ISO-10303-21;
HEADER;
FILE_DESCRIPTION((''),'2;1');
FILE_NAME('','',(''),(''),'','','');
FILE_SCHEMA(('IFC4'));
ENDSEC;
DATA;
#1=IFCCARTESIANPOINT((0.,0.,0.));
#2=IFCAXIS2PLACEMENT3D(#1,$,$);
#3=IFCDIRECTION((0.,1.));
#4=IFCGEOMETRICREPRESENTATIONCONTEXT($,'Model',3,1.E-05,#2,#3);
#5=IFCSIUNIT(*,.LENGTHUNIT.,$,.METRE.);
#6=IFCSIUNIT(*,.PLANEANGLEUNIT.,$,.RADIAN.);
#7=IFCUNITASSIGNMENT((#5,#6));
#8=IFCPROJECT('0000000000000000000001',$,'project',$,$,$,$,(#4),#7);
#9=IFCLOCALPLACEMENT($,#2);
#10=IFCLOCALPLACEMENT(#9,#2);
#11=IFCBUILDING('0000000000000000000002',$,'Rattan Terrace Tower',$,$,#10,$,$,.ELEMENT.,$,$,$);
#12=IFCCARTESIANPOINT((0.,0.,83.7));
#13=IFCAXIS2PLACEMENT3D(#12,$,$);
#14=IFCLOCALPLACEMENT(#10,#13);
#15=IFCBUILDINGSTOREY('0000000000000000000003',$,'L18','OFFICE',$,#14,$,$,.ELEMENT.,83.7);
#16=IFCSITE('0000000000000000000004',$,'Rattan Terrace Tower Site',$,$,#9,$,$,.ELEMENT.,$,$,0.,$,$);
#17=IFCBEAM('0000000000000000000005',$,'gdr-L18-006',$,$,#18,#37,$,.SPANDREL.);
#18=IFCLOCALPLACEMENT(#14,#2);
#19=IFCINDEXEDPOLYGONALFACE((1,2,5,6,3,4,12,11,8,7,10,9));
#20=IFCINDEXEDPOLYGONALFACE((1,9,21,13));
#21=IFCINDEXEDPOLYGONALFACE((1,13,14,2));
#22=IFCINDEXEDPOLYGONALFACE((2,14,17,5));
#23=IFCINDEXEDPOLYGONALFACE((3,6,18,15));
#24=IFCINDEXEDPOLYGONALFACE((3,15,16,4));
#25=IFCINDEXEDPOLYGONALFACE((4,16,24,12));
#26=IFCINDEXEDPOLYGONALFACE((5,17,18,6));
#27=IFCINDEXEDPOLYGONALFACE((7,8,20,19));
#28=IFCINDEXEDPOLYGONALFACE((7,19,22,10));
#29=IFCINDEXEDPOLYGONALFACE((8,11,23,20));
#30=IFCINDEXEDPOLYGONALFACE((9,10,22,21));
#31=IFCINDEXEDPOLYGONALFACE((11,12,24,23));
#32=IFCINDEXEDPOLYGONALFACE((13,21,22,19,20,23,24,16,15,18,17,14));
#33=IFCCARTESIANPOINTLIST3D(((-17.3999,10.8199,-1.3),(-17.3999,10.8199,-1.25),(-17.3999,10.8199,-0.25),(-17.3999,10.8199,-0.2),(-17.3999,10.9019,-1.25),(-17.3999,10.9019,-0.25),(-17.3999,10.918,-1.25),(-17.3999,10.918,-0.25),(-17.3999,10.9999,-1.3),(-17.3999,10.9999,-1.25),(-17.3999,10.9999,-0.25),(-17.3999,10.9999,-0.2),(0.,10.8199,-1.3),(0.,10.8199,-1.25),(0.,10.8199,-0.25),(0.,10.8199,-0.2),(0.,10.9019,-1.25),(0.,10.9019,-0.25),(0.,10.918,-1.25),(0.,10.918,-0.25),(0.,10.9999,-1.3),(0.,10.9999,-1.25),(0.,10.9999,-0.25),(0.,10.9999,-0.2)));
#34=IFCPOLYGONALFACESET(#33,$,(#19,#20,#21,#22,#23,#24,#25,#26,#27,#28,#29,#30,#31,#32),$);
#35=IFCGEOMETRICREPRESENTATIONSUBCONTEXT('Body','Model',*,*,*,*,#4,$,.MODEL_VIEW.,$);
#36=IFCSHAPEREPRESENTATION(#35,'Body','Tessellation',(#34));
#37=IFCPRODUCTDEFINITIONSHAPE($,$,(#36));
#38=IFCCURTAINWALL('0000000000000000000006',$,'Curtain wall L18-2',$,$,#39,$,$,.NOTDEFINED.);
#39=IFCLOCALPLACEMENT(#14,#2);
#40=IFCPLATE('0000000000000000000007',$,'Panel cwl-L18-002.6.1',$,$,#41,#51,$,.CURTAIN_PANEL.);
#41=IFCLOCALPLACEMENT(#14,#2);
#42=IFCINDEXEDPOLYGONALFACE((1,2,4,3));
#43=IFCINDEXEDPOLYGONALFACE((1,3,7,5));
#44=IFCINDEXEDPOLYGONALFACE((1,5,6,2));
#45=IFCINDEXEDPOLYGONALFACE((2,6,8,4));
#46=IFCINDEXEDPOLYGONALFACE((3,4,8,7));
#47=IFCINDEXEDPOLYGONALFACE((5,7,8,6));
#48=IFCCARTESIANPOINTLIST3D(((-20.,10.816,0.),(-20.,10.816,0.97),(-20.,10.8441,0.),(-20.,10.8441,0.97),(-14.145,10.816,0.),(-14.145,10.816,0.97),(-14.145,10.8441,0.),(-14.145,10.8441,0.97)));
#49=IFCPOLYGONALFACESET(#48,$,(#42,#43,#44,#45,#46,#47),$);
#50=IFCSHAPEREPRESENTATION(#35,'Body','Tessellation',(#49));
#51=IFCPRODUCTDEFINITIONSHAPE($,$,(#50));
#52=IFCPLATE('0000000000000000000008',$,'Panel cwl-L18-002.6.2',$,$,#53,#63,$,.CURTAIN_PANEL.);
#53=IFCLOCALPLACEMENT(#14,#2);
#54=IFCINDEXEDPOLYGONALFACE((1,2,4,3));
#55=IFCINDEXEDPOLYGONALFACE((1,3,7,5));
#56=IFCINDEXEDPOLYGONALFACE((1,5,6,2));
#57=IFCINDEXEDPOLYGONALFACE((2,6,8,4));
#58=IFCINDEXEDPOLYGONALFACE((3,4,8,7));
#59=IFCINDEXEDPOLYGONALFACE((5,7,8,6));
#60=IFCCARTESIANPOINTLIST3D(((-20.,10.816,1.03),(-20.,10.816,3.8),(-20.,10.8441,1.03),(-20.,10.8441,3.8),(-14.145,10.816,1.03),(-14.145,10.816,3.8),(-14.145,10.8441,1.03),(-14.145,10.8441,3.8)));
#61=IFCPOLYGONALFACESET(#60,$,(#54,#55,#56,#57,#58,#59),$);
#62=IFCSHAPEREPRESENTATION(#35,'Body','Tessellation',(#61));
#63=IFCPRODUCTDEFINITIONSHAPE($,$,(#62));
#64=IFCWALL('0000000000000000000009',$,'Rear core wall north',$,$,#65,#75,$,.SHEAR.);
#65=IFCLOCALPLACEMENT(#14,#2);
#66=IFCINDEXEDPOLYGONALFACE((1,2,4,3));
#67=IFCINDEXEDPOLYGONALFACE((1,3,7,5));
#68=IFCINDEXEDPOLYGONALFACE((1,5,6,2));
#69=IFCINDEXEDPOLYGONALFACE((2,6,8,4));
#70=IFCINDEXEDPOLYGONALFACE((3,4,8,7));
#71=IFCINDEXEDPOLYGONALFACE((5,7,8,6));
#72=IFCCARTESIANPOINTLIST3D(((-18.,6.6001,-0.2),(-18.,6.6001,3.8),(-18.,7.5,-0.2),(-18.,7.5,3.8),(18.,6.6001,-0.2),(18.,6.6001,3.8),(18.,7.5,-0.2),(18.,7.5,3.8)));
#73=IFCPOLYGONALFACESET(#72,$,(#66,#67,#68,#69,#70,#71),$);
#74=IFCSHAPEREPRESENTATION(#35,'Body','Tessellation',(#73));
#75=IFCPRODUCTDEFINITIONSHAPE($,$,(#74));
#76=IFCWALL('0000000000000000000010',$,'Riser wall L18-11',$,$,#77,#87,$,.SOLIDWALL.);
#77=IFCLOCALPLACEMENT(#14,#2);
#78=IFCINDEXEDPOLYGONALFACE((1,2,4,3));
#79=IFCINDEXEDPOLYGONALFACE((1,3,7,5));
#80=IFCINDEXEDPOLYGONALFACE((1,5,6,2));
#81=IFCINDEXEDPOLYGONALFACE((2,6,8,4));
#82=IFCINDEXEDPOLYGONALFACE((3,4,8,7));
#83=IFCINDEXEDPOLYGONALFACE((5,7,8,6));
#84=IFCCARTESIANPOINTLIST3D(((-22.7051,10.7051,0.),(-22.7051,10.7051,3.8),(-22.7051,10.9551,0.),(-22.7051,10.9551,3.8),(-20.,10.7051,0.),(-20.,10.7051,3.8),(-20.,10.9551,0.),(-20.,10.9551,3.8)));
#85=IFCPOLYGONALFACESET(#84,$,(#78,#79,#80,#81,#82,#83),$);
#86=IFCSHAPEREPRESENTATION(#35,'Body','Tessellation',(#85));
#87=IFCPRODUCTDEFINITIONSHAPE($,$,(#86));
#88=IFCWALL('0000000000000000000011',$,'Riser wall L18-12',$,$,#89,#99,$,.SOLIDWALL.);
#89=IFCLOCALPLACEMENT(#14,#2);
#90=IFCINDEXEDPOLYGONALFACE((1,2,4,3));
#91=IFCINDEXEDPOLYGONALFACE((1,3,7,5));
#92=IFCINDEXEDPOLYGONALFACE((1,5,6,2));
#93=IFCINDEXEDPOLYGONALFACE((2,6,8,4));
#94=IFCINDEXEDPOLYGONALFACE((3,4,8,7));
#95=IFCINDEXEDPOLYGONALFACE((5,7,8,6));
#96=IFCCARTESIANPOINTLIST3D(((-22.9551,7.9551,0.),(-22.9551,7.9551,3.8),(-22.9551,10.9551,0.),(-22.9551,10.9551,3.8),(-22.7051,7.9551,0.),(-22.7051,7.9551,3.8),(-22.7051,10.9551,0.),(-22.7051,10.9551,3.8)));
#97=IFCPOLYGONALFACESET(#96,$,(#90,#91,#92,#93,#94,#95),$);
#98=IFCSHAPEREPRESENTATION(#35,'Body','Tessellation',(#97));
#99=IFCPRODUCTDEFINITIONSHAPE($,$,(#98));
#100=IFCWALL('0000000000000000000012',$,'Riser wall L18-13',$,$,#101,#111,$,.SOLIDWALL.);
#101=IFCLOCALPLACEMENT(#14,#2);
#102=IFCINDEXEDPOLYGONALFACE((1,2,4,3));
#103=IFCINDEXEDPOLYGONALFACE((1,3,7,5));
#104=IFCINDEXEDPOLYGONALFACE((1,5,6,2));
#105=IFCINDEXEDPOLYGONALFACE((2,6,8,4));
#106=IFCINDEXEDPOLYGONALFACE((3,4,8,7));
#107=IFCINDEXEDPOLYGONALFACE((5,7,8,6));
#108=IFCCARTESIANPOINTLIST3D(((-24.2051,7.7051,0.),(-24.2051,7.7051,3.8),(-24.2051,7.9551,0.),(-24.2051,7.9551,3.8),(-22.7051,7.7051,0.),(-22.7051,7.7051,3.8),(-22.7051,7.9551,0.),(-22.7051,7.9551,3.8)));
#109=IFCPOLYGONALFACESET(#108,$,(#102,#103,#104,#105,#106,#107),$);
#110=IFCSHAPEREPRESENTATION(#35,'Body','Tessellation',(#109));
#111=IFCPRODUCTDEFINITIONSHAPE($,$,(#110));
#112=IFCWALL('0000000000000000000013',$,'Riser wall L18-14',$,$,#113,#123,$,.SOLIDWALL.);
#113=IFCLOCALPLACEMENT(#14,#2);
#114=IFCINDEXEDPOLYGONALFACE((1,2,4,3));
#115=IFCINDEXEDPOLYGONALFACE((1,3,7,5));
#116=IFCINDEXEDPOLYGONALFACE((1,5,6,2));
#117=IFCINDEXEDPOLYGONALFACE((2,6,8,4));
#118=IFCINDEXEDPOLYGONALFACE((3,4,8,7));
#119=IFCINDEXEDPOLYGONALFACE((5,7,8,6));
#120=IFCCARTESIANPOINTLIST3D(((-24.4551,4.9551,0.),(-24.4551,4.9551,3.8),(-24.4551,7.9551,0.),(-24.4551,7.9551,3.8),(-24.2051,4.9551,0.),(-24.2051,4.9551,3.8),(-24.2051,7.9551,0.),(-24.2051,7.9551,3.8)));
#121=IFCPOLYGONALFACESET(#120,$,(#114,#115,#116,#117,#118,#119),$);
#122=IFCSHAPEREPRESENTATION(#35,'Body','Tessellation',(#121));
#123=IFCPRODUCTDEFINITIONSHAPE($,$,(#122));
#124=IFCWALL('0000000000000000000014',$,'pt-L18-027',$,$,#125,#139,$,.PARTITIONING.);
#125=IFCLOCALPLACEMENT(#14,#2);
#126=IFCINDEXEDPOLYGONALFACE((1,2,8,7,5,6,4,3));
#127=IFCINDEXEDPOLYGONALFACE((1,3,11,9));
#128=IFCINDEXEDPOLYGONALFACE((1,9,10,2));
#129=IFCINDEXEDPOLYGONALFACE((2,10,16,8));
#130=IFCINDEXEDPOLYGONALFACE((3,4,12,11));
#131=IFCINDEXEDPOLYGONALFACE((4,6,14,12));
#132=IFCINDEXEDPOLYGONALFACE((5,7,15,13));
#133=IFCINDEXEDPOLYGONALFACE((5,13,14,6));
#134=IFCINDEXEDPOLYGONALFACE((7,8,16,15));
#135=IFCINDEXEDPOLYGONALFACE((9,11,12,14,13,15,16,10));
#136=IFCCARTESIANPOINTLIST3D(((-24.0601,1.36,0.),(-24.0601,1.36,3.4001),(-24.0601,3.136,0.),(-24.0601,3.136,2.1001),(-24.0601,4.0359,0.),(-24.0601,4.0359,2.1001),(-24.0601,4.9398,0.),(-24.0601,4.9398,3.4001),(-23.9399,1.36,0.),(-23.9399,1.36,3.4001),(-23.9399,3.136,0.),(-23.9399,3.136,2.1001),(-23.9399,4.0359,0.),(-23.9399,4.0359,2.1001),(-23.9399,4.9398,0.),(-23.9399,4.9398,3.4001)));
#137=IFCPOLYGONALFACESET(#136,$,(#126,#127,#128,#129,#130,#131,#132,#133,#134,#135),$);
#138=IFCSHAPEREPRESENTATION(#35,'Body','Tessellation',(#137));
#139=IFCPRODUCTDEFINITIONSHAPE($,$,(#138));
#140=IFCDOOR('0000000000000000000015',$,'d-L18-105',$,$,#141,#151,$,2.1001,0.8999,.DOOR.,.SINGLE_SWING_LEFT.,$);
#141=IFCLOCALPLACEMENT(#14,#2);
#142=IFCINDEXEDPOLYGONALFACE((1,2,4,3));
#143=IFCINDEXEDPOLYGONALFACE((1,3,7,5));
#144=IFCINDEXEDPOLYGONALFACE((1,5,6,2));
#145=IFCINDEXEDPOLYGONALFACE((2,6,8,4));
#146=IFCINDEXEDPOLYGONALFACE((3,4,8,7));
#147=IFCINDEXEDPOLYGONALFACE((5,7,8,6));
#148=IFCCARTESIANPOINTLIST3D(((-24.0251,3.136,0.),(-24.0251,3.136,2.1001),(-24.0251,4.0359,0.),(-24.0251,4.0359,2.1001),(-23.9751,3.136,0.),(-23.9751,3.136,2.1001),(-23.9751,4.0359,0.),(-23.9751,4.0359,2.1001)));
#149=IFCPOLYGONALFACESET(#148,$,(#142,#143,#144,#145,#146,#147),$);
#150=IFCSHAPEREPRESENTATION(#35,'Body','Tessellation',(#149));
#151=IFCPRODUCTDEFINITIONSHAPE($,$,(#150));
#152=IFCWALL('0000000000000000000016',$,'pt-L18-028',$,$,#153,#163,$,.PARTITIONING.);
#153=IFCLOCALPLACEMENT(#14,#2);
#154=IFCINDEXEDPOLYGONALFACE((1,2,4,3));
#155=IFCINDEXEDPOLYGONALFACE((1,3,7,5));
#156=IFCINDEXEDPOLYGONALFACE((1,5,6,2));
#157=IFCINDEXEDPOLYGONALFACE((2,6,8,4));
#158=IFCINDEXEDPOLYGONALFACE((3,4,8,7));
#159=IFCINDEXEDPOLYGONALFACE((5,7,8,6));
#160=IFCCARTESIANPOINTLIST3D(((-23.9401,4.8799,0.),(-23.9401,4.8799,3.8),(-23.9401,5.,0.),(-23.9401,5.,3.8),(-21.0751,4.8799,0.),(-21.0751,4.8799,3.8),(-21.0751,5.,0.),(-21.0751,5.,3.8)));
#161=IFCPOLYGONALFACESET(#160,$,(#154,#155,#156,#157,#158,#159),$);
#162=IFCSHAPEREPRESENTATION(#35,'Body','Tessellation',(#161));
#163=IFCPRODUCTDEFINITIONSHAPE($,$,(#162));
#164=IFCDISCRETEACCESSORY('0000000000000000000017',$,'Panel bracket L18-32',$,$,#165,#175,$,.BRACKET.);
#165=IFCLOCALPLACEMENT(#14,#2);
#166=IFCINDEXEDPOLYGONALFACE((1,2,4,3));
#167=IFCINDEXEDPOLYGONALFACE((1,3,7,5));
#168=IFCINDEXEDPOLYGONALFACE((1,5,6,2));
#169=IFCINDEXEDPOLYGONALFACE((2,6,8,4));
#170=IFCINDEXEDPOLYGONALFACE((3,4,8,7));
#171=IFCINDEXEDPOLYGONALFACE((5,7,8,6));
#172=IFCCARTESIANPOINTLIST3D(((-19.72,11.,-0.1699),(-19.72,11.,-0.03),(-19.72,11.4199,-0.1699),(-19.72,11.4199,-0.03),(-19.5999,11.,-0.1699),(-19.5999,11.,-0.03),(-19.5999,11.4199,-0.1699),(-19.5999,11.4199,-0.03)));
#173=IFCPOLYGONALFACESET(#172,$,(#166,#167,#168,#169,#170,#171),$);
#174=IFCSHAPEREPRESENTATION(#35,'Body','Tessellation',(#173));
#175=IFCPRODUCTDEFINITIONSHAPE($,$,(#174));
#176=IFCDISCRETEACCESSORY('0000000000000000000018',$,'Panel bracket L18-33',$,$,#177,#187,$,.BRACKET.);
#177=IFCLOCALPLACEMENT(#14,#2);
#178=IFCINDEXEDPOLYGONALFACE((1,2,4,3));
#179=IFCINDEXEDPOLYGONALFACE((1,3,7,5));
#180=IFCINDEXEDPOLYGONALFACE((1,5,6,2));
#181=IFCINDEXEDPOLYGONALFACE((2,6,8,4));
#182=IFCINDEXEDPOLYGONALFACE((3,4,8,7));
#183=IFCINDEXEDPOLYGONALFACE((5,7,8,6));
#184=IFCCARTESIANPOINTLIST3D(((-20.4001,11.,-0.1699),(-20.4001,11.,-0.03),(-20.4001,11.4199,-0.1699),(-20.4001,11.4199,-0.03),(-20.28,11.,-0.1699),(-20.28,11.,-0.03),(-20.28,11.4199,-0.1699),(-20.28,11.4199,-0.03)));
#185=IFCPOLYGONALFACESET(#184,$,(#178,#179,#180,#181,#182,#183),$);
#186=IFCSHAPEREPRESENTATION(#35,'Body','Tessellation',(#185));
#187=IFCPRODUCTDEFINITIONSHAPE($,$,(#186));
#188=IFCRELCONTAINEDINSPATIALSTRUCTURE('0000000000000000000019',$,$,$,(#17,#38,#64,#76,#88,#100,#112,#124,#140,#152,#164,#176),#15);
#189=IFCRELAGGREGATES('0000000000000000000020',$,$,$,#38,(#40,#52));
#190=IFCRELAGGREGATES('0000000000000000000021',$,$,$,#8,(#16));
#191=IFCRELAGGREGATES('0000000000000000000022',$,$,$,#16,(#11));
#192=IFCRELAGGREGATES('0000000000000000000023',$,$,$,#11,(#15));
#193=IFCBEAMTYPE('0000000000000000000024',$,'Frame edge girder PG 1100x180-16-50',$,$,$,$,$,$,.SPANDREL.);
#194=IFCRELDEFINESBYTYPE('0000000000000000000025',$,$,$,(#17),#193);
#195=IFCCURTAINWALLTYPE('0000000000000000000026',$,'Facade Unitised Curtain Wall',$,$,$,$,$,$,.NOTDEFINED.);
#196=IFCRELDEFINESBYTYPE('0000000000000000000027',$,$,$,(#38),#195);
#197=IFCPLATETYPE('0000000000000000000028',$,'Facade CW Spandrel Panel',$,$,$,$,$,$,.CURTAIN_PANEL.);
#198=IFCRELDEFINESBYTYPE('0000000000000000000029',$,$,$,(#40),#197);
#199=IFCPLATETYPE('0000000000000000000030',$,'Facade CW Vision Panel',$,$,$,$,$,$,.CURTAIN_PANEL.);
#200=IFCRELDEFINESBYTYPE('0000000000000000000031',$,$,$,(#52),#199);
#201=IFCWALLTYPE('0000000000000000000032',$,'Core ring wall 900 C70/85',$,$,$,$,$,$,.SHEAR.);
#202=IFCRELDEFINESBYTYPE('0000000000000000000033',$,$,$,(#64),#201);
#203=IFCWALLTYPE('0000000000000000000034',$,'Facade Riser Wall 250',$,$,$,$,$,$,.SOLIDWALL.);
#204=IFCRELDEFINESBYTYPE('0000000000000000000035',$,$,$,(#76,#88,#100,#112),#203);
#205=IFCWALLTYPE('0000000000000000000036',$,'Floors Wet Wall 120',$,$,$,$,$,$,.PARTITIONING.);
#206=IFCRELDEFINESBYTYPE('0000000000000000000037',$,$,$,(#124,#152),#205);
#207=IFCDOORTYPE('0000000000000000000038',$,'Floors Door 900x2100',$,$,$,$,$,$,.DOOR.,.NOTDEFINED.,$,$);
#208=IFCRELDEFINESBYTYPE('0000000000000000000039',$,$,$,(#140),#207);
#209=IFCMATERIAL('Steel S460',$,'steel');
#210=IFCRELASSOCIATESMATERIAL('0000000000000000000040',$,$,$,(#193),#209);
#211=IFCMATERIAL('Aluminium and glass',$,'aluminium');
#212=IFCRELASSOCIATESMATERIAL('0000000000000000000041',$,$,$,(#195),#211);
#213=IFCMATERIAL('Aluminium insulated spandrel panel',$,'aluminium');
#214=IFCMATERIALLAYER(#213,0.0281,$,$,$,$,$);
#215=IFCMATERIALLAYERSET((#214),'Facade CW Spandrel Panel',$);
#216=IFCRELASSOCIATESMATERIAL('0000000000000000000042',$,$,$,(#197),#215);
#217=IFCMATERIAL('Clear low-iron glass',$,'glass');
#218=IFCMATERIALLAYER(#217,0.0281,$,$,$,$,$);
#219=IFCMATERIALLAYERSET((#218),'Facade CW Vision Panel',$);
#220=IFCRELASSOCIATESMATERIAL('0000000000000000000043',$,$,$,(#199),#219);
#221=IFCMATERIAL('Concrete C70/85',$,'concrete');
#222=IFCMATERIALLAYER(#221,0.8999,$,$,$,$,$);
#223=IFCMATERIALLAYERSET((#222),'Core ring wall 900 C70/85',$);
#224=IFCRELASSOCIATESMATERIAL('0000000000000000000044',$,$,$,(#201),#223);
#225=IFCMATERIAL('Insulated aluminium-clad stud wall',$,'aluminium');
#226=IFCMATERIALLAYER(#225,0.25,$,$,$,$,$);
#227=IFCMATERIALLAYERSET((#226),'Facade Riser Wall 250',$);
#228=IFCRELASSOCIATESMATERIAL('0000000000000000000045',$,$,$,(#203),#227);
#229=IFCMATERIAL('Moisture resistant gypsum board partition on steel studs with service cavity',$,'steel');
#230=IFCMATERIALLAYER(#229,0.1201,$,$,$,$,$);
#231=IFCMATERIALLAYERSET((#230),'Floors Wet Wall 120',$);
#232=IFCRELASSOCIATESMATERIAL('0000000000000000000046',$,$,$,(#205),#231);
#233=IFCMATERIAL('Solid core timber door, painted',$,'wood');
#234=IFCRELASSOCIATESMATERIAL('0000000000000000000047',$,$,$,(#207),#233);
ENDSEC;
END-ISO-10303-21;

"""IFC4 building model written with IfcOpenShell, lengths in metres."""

from ifc_helpers import new_model, si_unit, direction, frame, frame_2d, origin, origin_2d, place, context, subcontext, project, spatial, rectangle, i_section, extrude, material, layer, layer_set, material_profile, profile_set, type_object, element, fill, aggregate, save


model = new_model("IFC4")

# Units and contexts
model_context = context("Model", 3, precision=1e-05, world=origin(), true_north=direction((0.0, 1.0)))
body_context = subcontext(model_context, "Body", "Model", "MODEL_VIEW")
ifc_project = project(units=[si_unit("LENGTHUNIT", "METRE"), si_unit("PLANEANGLEUNIT", "RADIAN")], contexts=[model_context])

# Site, building, storey
site_placement = place(None, origin())
site = spatial("IfcSite", under=ifc_project, at=site_placement, Name="Rattan Terrace Tower Site", CompositionType="ELEMENT", RefElevation=0.0)
building_placement = place(site_placement, origin())
building = spatial("IfcBuilding", under=site, at=building_placement, Name="Rattan Terrace Tower", CompositionType="ELEMENT")
storey_placement = place(building_placement, frame((0.0, 0.0, 83.7)))
storey = spatial("IfcBuildingStorey", under=building, at=storey_placement, Name="L18", Description="OFFICE", CompositionType="ELEMENT", Elevation=83.7)

# Beam
ifc_material_1 = material(Name="Steel S460", Category="steel")
ifc_material_profile = material_profile(ifc_material_1, i_section(OverallWidth=0.1799, OverallDepth=1.1001, WebThickness=0.0161, FlangeThickness=0.05, at=origin_2d()), Name="PG 1100x180-16-50")
ifc_profile_set = profile_set([ifc_material_profile], Name="Steel S460")
beam_type = type_object("IfcBeamType", Name="Frame edge girder PG 1100x180-16-50", PredefinedType="SPANDREL", material=ifc_profile_set)
beam_placement = place(storey_placement, frame((-17.3999, 10.9099, -0.75), z_axis=(1.0, 0.0, 0.0), x_axis=(0.0, 1.0, 0.0)))
element("IfcBeam", 1, at=beam_placement, inside=storey, type_object=beam_type, Name="gdr-L18-006", PredefinedType="SPANDREL", context=body_context, shape_type="SweptSolid", body=[
    extrude(i_section(OverallWidth=0.1799, OverallDepth=1.1001, WebThickness=0.0161, FlangeThickness=0.05, at=origin_2d()), origin(), (0.0, 0.0, 1.0), 17.3999),
])

# Curtain wall, plates
ifc_material_2 = material(Name="Aluminium and glass", Category="aluminium")
curtain_wall_type = type_object("IfcCurtainWallType", Name="Facade Unitised Curtain Wall", PredefinedType="NOTDEFINED", material=ifc_material_2)
curtain_wall_placement = place(storey_placement, origin())
curtain_wall = element("IfcCurtainWall", 2, at=curtain_wall_placement, inside=storey, type_object=curtain_wall_type, Name="Curtain wall L18-2", PredefinedType="NOTDEFINED")
ifc_material_3 = material(Name="Aluminium insulated spandrel panel", Category="aluminium")
ifc_layer_1 = layer(ifc_material_3, 0.0281)
ifc_layer_set_1 = layer_set([ifc_layer_1], Name="Facade CW Spandrel Panel")
plate_type_1 = type_object("IfcPlateType", Name="Facade CW Spandrel Panel", PredefinedType="CURTAIN_PANEL", material=ifc_layer_set_1)
plate_1_placement = place(storey_placement, frame((-17.0725, 10.8301, 0.0), z_axis=(0.0, 0.0, 1.0), x_axis=(-1.0, 0.0, 0.0)))
plate_1 = element("IfcPlate", 3, at=plate_1_placement, type_object=plate_type_1, Name="Panel cwl-L18-002.6.1", PredefinedType="CURTAIN_PANEL", context=body_context, shape_type="SweptSolid", body=[
    extrude(rectangle(XDim=5.855, YDim=0.0281, at=origin_2d()), origin(), (0.0, 0.0, 1.0), 0.97),
])
ifc_material_4 = material(Name="Clear low-iron glass", Category="glass")
ifc_layer_2 = layer(ifc_material_4, 0.0281)
ifc_layer_set_2 = layer_set([ifc_layer_2], Name="Facade CW Vision Panel")
plate_type_2 = type_object("IfcPlateType", Name="Facade CW Vision Panel", PredefinedType="CURTAIN_PANEL", material=ifc_layer_set_2)
plate_2_placement = place(storey_placement, frame((-17.0725, 10.8301, 1.03), z_axis=(0.0, 0.0, 1.0), x_axis=(-1.0, 0.0, 0.0)))
plate_2 = element("IfcPlate", 4, at=plate_2_placement, type_object=plate_type_2, Name="Panel cwl-L18-002.6.2", PredefinedType="CURTAIN_PANEL", context=body_context, shape_type="SweptSolid", body=[
    extrude(rectangle(XDim=5.855, YDim=0.0281, at=origin_2d()), origin(), (0.0, 0.0, 1.0), 2.77),
])
aggregate(curtain_wall, [plate_1, plate_2])

# Walls
ifc_material_5 = material(Name="Concrete C70/85", Category="concrete")
ifc_layer_3 = layer(ifc_material_5, 0.8999)
ifc_layer_set_3 = layer_set([ifc_layer_3], Name="Core ring wall 900 C70/85")
wall_type_1 = type_object("IfcWallType", Name="Core ring wall 900 C70/85", PredefinedType="SHEAR", material=ifc_layer_set_3)
wall_1_placement = place(storey_placement, frame((-18.0, 7.05, -0.2), z_axis=(0.0, 0.0, 1.0), x_axis=(1.0, 0.0, 0.0)))
element("IfcWall", 5, at=wall_1_placement, inside=storey, type_object=wall_type_1, Name="Rear core wall north", PredefinedType="SHEAR", context=body_context, shape_type="SweptSolid", body=[
    extrude(rectangle(XDim=36.0, YDim=0.8999, at=frame_2d((18.0, 0.0))), origin(), (0.0, 0.0, 1.0), 4.0),
])
ifc_material_6 = material(Name="Insulated aluminium-clad stud wall", Category="aluminium")
ifc_layer_4 = layer(ifc_material_6, 0.25)
ifc_layer_set_4 = layer_set([ifc_layer_4], Name="Facade Riser Wall 250")
wall_type_2 = type_object("IfcWallType", Name="Facade Riser Wall 250", PredefinedType="SOLIDWALL", material=ifc_layer_set_4)
wall_2_placement = place(storey_placement, frame((-20.0, 10.8301, 0.0), z_axis=(0.0, 0.0, 1.0), x_axis=(-1.0, 0.0, 0.0)))
element("IfcWall", 6, at=wall_2_placement, inside=storey, type_object=wall_type_2, Name="Riser wall L18-11", PredefinedType="SOLIDWALL", context=body_context, shape_type="SweptSolid", body=[
    extrude(rectangle(XDim=2.7051, YDim=0.25, at=frame_2d((1.3525, 0.0))), origin(), (0.0, 0.0, 1.0), 3.8),
])
wall_3_placement = place(storey_placement, frame((-22.8301, 10.9551, 0.0), z_axis=(0.0, 0.0, 1.0), x_axis=(0.0, -1.0, 0.0)))
element("IfcWall", 7, at=wall_3_placement, inside=storey, type_object=wall_type_2, Name="Riser wall L18-12", PredefinedType="SOLIDWALL", context=body_context, shape_type="SweptSolid", body=[
    extrude(rectangle(XDim=3.0, YDim=0.25, at=frame_2d((1.5, 0.0))), origin(), (0.0, 0.0, 1.0), 3.8),
])
wall_4_placement = place(storey_placement, frame((-22.7051, 7.8301, 0.0), z_axis=(0.0, 0.0, 1.0), x_axis=(-1.0, 0.0, 0.0)))
element("IfcWall", 8, at=wall_4_placement, inside=storey, type_object=wall_type_2, Name="Riser wall L18-13", PredefinedType="SOLIDWALL", context=body_context, shape_type="SweptSolid", body=[
    extrude(rectangle(XDim=1.5, YDim=0.25, at=frame_2d((0.75, 0.0))), origin(), (0.0, 0.0, 1.0), 3.8),
])
wall_5_placement = place(storey_placement, frame((-24.3301, 7.9551, 0.0), z_axis=(0.0, 0.0, 1.0), x_axis=(0.0, -1.0, 0.0)))
element("IfcWall", 9, at=wall_5_placement, inside=storey, type_object=wall_type_2, Name="Riser wall L18-14", PredefinedType="SOLIDWALL", context=body_context, shape_type="SweptSolid", body=[
    extrude(rectangle(XDim=3.0, YDim=0.25, at=frame_2d((1.5, 0.0))), origin(), (0.0, 0.0, 1.0), 3.8),
])

# Wall, opening, door
ifc_material_7 = material(Name="Moisture resistant gypsum board partition on steel studs with service cavity", Category="steel")
ifc_layer_5 = layer(ifc_material_7, 0.1201)
ifc_layer_set_5 = layer_set([ifc_layer_5], Name="Floors Wet Wall 120")
wall_type_3 = type_object("IfcWallType", Name="Floors Wet Wall 120", PredefinedType="PARTITIONING", material=ifc_layer_set_5)
wall_6_placement = place(storey_placement, frame((-24.0, 4.9399, 0.0), z_axis=(0.0, 0.0, 1.0), x_axis=(0.0, -1.0, 0.0)))
wall_6 = element("IfcWall", 10, at=wall_6_placement, inside=storey, type_object=wall_type_3, Name="pt-L18-027", PredefinedType="PARTITIONING", context=body_context, shape_type="SweptSolid", body=[
    extrude(rectangle(XDim=3.5798, YDim=0.1201, at=frame_2d((1.79, 0.0))), origin(), (0.0, 0.0, 1.0), 3.4001),
])
opening_placement = place(wall_6_placement, frame((0.9041, 0.0, 0.0)))
opening = element("IfcOpeningElement", 11, at=opening_placement, cuts=wall_6, PredefinedType="OPENING", context=body_context, shape_type="SweptSolid", body=[
    extrude(rectangle(XDim=0.8999, YDim=2.1001, at=frame_2d((0.45, 1.05))), frame((0.0, 0.0706, 0.0), z_axis=(0.0, -1.0, 0.0), x_axis=(1.0, 0.0, 0.0)), (0.0, 0.0, 1.0), 0.1411),
])
ifc_material_8 = material(Name="Solid core timber door, painted", Category="wood")
door_type = type_object("IfcDoorType", Name="Floors Door 900x2100", OperationType="NOTDEFINED", PredefinedType="DOOR", material=ifc_material_8)
door_placement = place(opening_placement, origin())
door = element("IfcDoor", 12, at=door_placement, inside=storey, type_object=door_type, Name="d-L18-105", OperationType="SINGLE_SWING_LEFT", OverallHeight=2.1001, OverallWidth=0.8999, PredefinedType="DOOR", context=body_context, shape_type="SweptSolid", body=[
    extrude(rectangle(XDim=0.8999, YDim=2.1001, at=frame_2d((0.45, 1.05))), frame((0.0, 0.0249, 0.0), z_axis=(0.0, -1.0, 0.0), x_axis=(1.0, 0.0, 0.0)), (0.0, 0.0, 1.0), 0.05),
])
fill(opening, door)

# Wall
wall_7_placement = place(storey_placement, frame((-21.075, 4.9399, 0.0), z_axis=(0.0, 0.0, 1.0), x_axis=(-1.0, 0.0, 0.0)))
element("IfcWall", 13, at=wall_7_placement, inside=storey, type_object=wall_type_3, Name="pt-L18-028", PredefinedType="PARTITIONING", context=body_context, shape_type="SweptSolid", body=[
    extrude(rectangle(XDim=2.865, YDim=0.1201, at=frame_2d((1.4326, 0.0))), origin(), (0.0, 0.0, 1.0), 3.8),
])

# Discrete accessories
for number, where, z_axis, x_axis, name in (
    (14, (-19.6599, 11.21, -0.1699), (0.0, 0.0, 1.0), (-1.0, 0.0, 0.0), "Panel bracket L18-32"),
    (15, (-20.3401, 11.21, -0.1699), (0.0, 0.0, 1.0), (-1.0, 0.0, 0.0), "Panel bracket L18-33"),
):
    element("IfcDiscreteAccessory", number, at=place(storey_placement, frame(where, z_axis=z_axis, x_axis=x_axis)), inside=storey, Name=name, PredefinedType="BRACKET", context=body_context, shape_type="SweptSolid", body=[
        extrude(rectangle(XDim=0.1201, YDim=0.4199, at=origin_2d()), origin(), (0.0, 0.0, 1.0), 0.1399),
    ])

save(model, "model.ifc")
